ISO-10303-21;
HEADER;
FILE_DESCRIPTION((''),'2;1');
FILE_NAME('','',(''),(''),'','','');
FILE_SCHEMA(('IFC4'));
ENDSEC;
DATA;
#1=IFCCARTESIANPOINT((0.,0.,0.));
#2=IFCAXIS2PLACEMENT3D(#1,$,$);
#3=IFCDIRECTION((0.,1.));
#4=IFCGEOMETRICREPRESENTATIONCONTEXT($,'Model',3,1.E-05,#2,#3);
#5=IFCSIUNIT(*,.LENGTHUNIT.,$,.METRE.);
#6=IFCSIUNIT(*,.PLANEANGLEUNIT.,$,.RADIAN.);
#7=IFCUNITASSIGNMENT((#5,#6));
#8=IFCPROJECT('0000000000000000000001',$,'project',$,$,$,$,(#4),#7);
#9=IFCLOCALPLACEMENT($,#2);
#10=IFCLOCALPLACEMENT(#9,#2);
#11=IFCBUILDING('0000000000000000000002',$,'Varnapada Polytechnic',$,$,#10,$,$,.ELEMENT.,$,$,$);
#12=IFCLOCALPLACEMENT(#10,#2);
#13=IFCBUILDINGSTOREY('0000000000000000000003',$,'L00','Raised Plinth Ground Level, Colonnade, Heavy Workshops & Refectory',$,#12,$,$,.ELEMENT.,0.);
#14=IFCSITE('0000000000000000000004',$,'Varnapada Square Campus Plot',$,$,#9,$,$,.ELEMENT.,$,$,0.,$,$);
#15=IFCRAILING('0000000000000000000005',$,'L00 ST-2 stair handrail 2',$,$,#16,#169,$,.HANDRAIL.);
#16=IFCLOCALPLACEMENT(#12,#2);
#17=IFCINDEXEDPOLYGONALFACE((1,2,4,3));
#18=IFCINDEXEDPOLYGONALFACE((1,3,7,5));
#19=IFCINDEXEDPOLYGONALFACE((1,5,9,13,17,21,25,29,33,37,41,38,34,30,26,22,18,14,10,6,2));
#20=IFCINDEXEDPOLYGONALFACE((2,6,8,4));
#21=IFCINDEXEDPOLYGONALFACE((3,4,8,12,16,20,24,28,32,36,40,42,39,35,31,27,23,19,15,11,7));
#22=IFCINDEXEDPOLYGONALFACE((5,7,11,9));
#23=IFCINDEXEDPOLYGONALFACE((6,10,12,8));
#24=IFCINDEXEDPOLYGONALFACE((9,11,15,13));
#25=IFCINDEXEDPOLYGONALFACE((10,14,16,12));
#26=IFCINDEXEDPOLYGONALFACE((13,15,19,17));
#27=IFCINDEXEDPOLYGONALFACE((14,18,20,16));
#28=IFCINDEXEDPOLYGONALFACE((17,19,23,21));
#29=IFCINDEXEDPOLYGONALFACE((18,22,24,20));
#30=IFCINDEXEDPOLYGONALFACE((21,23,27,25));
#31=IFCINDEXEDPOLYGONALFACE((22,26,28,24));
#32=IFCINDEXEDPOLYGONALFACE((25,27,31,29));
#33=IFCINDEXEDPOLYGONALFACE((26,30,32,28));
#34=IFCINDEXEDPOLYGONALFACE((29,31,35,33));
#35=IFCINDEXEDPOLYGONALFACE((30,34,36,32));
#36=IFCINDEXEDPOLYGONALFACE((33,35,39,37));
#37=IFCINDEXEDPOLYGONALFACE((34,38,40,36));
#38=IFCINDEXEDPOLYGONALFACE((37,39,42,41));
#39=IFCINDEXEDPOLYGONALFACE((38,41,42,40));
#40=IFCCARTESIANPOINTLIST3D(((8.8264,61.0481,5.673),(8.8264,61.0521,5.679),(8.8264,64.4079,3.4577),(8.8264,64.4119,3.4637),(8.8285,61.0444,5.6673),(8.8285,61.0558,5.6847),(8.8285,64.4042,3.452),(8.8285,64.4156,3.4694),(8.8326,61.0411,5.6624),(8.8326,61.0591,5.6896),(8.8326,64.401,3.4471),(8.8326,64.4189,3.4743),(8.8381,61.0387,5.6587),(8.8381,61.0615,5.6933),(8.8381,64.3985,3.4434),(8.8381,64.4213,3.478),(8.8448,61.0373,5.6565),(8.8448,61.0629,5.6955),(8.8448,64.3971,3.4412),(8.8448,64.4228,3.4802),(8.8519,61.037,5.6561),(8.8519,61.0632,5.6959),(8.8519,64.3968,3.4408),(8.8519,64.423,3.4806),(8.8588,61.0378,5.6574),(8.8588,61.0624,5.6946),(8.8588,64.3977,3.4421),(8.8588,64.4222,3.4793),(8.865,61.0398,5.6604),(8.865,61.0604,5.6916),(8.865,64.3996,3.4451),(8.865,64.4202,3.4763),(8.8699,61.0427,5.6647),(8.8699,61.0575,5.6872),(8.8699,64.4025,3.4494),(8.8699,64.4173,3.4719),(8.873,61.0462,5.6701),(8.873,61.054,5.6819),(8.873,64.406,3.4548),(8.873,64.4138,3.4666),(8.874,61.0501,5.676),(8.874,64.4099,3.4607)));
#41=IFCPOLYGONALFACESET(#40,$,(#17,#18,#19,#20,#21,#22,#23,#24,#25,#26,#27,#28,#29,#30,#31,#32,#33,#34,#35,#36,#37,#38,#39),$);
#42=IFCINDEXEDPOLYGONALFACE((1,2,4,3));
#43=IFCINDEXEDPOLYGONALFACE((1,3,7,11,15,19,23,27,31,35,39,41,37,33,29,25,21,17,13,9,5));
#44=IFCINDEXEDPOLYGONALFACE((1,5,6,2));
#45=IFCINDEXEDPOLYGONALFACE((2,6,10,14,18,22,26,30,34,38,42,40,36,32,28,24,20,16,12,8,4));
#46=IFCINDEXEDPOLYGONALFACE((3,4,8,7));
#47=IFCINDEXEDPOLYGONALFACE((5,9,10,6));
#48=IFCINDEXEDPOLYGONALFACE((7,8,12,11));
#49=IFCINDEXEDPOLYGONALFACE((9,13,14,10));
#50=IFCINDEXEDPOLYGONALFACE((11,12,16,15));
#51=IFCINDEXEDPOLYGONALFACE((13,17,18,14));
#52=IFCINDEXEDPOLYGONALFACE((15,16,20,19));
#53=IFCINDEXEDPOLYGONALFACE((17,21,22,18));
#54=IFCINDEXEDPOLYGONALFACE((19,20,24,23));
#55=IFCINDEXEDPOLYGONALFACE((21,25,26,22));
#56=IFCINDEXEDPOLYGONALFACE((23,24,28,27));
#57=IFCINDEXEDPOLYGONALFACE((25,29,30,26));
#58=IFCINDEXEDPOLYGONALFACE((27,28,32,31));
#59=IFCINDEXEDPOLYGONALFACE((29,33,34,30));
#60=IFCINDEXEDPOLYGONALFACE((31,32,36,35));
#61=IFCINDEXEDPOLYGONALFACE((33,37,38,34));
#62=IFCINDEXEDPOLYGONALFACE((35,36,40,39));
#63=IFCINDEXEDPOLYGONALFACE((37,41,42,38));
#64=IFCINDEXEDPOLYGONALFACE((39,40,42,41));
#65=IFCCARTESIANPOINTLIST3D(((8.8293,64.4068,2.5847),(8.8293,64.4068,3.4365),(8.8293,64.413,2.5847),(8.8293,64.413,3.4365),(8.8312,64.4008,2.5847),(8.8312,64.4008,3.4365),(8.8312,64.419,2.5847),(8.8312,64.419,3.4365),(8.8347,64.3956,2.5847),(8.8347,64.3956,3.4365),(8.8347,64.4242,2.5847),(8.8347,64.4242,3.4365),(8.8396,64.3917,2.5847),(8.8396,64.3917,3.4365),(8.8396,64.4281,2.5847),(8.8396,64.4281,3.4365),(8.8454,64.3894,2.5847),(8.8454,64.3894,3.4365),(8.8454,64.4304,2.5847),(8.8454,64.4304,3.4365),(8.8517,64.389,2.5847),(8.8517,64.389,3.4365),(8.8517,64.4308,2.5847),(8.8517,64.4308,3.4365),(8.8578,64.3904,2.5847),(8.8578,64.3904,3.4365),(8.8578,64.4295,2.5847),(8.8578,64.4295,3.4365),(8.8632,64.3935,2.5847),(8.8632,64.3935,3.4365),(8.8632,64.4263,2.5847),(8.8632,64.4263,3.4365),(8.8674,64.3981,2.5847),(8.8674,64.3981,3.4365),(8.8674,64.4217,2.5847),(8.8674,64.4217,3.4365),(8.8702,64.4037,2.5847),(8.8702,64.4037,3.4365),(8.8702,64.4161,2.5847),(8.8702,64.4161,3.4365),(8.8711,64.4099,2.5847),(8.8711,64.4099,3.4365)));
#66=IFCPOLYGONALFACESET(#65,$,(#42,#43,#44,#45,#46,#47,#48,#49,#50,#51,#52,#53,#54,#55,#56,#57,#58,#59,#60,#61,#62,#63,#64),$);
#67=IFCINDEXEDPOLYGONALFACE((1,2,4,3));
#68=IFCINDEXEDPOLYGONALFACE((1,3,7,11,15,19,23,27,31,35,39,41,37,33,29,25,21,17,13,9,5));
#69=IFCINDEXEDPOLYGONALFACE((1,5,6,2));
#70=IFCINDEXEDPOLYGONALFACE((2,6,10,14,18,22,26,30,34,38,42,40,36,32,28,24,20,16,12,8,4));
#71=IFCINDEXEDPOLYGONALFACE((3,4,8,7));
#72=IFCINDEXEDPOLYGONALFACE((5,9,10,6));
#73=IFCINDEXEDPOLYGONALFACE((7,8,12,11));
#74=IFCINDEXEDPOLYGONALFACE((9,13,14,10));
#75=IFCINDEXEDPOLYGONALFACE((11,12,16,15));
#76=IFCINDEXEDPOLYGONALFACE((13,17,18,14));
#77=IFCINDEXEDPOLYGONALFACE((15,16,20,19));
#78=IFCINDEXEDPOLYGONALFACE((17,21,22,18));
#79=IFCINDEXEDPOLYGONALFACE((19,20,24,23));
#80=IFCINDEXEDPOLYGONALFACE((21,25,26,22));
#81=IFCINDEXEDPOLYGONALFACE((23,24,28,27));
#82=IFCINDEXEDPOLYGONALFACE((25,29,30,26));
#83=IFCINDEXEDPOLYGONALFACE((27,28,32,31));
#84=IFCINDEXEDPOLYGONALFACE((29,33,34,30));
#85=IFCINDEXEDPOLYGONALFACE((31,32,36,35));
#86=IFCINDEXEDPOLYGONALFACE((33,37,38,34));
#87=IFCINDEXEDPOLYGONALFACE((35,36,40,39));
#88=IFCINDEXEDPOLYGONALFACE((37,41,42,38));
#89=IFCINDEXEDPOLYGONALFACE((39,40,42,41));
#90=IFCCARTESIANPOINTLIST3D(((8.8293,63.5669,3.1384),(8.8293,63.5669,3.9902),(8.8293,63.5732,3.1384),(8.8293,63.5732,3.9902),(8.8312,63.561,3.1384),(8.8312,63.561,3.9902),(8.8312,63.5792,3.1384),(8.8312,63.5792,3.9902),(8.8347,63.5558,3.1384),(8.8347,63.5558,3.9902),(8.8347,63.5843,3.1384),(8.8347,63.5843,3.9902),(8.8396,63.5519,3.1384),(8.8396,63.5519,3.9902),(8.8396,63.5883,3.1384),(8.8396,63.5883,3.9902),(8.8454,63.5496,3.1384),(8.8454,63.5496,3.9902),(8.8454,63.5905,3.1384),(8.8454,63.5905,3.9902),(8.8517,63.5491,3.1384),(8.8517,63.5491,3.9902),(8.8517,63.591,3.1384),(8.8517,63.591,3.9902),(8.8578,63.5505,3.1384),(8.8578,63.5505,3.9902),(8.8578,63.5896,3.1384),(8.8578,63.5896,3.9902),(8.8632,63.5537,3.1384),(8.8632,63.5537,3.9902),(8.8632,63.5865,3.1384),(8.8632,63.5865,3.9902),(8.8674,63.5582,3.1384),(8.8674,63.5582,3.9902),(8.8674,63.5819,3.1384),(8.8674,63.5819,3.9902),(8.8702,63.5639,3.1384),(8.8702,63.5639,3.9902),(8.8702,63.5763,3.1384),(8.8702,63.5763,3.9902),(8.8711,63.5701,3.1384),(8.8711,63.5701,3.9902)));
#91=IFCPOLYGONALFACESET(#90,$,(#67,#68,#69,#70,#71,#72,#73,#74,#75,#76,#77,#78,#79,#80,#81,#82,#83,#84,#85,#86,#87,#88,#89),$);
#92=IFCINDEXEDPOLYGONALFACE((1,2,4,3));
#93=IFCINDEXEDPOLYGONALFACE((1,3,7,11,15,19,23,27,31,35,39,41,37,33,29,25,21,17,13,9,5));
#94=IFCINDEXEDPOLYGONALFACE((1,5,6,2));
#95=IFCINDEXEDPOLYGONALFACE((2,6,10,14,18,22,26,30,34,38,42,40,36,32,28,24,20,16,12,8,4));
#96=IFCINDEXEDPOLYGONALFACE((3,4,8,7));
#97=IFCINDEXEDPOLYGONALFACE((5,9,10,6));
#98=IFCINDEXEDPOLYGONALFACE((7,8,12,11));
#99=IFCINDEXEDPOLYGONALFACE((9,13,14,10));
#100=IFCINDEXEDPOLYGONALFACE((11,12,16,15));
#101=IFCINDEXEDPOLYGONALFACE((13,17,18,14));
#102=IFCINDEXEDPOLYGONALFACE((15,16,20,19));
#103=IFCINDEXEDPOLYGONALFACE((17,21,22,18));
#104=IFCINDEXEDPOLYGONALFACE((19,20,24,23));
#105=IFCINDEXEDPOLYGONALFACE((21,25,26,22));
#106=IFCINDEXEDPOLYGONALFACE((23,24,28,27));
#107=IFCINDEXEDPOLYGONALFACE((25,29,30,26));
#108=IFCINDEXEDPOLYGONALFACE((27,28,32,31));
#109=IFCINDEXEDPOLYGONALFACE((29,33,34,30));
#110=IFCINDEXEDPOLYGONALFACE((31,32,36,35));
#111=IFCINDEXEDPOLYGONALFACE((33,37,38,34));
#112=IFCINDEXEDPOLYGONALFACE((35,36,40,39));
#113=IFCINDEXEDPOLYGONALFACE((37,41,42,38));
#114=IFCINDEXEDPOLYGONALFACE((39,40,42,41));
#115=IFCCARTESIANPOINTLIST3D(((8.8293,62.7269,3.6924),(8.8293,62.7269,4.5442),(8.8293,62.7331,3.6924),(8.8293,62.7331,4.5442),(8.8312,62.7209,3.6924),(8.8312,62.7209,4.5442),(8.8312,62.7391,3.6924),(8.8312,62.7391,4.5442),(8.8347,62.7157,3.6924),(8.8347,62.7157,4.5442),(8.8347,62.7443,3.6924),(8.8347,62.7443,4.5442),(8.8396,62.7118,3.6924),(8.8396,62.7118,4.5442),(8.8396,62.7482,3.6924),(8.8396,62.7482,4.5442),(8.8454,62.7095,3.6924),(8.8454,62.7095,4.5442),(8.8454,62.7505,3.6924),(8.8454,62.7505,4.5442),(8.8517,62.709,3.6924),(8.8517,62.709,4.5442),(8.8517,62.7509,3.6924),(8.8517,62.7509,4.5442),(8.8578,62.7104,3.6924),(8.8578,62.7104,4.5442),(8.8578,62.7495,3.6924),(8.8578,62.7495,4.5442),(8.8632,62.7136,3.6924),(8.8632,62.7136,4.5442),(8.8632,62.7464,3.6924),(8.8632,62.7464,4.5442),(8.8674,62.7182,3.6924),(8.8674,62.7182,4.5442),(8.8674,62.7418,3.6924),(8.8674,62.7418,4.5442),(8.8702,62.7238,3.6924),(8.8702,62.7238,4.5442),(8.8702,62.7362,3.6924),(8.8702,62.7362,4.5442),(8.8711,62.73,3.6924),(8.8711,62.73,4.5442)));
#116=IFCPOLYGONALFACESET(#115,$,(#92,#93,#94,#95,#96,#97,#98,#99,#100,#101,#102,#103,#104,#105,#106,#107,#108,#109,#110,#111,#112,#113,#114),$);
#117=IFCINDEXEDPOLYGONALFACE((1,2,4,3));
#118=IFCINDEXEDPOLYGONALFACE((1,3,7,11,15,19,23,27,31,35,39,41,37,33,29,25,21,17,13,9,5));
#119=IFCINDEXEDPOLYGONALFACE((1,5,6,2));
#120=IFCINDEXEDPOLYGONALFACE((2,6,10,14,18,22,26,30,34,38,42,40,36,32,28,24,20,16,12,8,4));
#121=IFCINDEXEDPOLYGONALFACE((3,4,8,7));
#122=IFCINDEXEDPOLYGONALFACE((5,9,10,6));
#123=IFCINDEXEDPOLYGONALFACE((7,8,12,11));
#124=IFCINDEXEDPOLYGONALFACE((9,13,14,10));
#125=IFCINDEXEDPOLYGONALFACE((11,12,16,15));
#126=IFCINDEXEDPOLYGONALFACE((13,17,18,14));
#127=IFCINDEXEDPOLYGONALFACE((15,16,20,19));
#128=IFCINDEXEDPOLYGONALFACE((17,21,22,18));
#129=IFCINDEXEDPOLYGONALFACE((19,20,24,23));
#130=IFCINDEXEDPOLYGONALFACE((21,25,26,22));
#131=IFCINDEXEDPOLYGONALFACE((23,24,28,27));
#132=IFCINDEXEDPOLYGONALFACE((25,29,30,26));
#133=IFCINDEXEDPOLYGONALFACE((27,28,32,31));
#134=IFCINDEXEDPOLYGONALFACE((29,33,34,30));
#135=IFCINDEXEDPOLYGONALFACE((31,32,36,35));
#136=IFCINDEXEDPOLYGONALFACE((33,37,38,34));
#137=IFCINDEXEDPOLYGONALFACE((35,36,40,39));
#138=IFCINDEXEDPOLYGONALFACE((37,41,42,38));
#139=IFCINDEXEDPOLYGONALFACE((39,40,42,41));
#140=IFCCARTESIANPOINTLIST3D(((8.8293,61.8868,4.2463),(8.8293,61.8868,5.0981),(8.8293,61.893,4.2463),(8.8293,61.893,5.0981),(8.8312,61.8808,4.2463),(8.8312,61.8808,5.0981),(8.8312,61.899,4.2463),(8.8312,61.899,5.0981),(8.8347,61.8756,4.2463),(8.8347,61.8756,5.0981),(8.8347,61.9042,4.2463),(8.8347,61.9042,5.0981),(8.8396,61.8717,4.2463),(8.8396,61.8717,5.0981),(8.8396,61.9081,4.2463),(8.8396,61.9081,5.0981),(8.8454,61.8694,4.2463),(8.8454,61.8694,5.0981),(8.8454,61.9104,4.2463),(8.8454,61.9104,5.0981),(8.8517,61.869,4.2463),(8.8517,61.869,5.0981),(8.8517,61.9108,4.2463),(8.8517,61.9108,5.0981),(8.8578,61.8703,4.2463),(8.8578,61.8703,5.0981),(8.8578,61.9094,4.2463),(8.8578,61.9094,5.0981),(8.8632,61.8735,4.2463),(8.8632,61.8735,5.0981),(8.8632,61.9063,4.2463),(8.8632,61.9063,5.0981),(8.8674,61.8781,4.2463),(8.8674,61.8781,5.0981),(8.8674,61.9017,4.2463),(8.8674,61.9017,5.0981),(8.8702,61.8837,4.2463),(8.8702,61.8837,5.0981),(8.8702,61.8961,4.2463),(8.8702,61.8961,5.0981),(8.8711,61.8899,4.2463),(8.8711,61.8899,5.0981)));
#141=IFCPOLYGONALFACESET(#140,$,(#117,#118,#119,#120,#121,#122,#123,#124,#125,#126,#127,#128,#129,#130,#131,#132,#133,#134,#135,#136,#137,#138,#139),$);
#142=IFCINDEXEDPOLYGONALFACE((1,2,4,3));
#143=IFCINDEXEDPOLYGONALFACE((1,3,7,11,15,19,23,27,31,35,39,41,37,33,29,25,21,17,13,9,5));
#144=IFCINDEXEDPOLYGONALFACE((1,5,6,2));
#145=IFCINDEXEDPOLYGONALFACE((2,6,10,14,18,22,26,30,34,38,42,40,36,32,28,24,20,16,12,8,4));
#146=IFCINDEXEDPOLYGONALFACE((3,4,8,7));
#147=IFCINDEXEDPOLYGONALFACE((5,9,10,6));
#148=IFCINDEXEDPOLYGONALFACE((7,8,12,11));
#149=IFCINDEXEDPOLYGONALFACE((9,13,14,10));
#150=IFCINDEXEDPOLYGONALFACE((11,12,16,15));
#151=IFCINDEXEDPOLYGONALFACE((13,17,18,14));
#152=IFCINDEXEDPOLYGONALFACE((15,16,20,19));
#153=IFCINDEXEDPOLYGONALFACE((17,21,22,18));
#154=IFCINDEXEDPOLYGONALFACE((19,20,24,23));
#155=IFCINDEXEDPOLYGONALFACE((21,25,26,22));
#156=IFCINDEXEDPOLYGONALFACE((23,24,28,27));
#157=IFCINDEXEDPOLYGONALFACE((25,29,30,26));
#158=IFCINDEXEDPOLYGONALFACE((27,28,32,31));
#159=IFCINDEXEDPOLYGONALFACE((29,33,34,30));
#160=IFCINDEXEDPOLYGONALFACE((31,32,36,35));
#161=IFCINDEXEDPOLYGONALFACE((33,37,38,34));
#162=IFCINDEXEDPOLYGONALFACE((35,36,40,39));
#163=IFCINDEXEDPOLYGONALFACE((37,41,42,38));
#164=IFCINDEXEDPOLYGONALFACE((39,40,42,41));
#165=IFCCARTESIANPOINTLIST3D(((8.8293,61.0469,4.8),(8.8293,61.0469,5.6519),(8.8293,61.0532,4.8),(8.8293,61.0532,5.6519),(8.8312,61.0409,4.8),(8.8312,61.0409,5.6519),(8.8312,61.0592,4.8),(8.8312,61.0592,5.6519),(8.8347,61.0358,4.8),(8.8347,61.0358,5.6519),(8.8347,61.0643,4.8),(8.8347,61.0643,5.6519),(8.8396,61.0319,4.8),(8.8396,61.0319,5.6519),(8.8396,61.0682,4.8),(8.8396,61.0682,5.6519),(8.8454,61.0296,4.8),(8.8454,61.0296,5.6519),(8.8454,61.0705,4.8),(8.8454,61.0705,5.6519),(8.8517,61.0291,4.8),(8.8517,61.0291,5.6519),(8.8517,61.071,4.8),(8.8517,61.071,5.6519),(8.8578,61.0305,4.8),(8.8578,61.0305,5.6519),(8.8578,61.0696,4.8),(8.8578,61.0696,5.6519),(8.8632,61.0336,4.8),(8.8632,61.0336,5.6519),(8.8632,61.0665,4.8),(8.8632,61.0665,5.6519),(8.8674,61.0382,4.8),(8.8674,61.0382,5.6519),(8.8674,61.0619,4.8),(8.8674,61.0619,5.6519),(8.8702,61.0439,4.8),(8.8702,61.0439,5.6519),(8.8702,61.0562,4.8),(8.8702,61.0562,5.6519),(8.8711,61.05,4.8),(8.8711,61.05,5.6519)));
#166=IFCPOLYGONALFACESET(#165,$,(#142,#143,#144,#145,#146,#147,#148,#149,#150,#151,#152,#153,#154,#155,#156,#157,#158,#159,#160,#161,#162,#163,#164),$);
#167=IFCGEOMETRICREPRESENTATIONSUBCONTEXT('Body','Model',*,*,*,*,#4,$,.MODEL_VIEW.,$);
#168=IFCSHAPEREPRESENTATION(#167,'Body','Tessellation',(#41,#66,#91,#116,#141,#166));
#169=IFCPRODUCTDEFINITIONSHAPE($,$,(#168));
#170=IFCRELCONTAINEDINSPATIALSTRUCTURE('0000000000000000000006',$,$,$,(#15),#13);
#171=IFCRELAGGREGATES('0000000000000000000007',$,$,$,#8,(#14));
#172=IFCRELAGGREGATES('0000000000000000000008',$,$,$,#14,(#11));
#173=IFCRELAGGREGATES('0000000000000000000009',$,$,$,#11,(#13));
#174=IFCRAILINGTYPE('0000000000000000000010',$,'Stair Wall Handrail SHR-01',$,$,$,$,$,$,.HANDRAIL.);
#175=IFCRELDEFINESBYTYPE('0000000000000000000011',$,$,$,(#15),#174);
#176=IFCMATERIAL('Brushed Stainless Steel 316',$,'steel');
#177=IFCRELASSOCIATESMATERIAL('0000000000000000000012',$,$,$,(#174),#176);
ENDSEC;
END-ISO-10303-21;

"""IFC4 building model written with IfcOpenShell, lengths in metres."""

from ifc_helpers import new_model, si_unit, direction, frame, origin, origin_2d, place, context, subcontext, project, spatial, circle, extrude, material, type_object, element, save


model = new_model("IFC4")

# Units and contexts
model_context = context("Model", 3, precision=1e-05, world=origin(), true_north=direction((0.0, 1.0)))
body_context = subcontext(model_context, "Body", "Model", "MODEL_VIEW")
ifc_project = project(units=[si_unit("LENGTHUNIT", "METRE"), si_unit("PLANEANGLEUNIT", "RADIAN")], contexts=[model_context])

# Site, building, storey
site_placement = place(None, origin())
site = spatial("IfcSite", under=ifc_project, at=site_placement, Name="Varnapada Square Campus Plot", CompositionType="ELEMENT", RefElevation=0.0)
building_placement = place(site_placement, origin())
building = spatial("IfcBuilding", under=site, at=building_placement, Name="Varnapada Polytechnic", CompositionType="ELEMENT")
storey_placement = place(building_placement, origin())
storey = spatial("IfcBuildingStorey", under=building, at=storey_placement, Name="L00", Description="Raised Plinth Ground Level, Colonnade, Heavy Workshops & Refectory", CompositionType="ELEMENT", Elevation=0.0)

# Shared definitions
ifc_material_1 = material(Name="Brushed Stainless Steel 316", Category="steel")

# Railing
railing_type_1 = type_object("IfcRailingType", Name="Stair Wall Handrail SHR-01", PredefinedType="HANDRAIL", material=ifc_material_1)
railing_1_placement = place(storey_placement, frame((8.8501, 64.4099, 2.5847)))
element("IfcRailing", 1, at=railing_1_placement, inside=storey, type_object=railing_type_1, Name="L00 ST-2 stair handrail 2", PredefinedType="HANDRAIL", context=body_context, shape_type="SweptSolid", body=[
    extrude(circle(Radius=0.0239, at=origin_2d()), frame((0.0, 0.0, 0.876), z_axis=(0.0, -0.834858, 0.550465), x_axis=(1.0, 0.0, 0.0)), (0.0, 0.0, 1.0), 4.0244),
    extrude(circle(Radius=0.021, at=origin_2d()), origin(), (0.0, 0.0, 1.0), 0.8518),
    extrude(circle(Radius=0.021, at=origin_2d()), frame((0.0, -0.8398, 0.5537)), (0.0, 0.0, 1.0), 0.8518),
    extrude(circle(Radius=0.021, at=origin_2d()), frame((0.0, -1.6799, 1.1077)), (0.0, 0.0, 1.0), 0.8518),
    extrude(circle(Radius=0.021, at=origin_2d()), frame((0.0, -2.52, 1.6616)), (0.0, 0.0, 1.0), 0.8518),
    extrude(circle(Radius=0.021, at=origin_2d()), frame((0.0, -3.3599, 2.2153)), (0.0, 0.0, 1.0), 0.8518),
])

save(model, "model.ifc")
